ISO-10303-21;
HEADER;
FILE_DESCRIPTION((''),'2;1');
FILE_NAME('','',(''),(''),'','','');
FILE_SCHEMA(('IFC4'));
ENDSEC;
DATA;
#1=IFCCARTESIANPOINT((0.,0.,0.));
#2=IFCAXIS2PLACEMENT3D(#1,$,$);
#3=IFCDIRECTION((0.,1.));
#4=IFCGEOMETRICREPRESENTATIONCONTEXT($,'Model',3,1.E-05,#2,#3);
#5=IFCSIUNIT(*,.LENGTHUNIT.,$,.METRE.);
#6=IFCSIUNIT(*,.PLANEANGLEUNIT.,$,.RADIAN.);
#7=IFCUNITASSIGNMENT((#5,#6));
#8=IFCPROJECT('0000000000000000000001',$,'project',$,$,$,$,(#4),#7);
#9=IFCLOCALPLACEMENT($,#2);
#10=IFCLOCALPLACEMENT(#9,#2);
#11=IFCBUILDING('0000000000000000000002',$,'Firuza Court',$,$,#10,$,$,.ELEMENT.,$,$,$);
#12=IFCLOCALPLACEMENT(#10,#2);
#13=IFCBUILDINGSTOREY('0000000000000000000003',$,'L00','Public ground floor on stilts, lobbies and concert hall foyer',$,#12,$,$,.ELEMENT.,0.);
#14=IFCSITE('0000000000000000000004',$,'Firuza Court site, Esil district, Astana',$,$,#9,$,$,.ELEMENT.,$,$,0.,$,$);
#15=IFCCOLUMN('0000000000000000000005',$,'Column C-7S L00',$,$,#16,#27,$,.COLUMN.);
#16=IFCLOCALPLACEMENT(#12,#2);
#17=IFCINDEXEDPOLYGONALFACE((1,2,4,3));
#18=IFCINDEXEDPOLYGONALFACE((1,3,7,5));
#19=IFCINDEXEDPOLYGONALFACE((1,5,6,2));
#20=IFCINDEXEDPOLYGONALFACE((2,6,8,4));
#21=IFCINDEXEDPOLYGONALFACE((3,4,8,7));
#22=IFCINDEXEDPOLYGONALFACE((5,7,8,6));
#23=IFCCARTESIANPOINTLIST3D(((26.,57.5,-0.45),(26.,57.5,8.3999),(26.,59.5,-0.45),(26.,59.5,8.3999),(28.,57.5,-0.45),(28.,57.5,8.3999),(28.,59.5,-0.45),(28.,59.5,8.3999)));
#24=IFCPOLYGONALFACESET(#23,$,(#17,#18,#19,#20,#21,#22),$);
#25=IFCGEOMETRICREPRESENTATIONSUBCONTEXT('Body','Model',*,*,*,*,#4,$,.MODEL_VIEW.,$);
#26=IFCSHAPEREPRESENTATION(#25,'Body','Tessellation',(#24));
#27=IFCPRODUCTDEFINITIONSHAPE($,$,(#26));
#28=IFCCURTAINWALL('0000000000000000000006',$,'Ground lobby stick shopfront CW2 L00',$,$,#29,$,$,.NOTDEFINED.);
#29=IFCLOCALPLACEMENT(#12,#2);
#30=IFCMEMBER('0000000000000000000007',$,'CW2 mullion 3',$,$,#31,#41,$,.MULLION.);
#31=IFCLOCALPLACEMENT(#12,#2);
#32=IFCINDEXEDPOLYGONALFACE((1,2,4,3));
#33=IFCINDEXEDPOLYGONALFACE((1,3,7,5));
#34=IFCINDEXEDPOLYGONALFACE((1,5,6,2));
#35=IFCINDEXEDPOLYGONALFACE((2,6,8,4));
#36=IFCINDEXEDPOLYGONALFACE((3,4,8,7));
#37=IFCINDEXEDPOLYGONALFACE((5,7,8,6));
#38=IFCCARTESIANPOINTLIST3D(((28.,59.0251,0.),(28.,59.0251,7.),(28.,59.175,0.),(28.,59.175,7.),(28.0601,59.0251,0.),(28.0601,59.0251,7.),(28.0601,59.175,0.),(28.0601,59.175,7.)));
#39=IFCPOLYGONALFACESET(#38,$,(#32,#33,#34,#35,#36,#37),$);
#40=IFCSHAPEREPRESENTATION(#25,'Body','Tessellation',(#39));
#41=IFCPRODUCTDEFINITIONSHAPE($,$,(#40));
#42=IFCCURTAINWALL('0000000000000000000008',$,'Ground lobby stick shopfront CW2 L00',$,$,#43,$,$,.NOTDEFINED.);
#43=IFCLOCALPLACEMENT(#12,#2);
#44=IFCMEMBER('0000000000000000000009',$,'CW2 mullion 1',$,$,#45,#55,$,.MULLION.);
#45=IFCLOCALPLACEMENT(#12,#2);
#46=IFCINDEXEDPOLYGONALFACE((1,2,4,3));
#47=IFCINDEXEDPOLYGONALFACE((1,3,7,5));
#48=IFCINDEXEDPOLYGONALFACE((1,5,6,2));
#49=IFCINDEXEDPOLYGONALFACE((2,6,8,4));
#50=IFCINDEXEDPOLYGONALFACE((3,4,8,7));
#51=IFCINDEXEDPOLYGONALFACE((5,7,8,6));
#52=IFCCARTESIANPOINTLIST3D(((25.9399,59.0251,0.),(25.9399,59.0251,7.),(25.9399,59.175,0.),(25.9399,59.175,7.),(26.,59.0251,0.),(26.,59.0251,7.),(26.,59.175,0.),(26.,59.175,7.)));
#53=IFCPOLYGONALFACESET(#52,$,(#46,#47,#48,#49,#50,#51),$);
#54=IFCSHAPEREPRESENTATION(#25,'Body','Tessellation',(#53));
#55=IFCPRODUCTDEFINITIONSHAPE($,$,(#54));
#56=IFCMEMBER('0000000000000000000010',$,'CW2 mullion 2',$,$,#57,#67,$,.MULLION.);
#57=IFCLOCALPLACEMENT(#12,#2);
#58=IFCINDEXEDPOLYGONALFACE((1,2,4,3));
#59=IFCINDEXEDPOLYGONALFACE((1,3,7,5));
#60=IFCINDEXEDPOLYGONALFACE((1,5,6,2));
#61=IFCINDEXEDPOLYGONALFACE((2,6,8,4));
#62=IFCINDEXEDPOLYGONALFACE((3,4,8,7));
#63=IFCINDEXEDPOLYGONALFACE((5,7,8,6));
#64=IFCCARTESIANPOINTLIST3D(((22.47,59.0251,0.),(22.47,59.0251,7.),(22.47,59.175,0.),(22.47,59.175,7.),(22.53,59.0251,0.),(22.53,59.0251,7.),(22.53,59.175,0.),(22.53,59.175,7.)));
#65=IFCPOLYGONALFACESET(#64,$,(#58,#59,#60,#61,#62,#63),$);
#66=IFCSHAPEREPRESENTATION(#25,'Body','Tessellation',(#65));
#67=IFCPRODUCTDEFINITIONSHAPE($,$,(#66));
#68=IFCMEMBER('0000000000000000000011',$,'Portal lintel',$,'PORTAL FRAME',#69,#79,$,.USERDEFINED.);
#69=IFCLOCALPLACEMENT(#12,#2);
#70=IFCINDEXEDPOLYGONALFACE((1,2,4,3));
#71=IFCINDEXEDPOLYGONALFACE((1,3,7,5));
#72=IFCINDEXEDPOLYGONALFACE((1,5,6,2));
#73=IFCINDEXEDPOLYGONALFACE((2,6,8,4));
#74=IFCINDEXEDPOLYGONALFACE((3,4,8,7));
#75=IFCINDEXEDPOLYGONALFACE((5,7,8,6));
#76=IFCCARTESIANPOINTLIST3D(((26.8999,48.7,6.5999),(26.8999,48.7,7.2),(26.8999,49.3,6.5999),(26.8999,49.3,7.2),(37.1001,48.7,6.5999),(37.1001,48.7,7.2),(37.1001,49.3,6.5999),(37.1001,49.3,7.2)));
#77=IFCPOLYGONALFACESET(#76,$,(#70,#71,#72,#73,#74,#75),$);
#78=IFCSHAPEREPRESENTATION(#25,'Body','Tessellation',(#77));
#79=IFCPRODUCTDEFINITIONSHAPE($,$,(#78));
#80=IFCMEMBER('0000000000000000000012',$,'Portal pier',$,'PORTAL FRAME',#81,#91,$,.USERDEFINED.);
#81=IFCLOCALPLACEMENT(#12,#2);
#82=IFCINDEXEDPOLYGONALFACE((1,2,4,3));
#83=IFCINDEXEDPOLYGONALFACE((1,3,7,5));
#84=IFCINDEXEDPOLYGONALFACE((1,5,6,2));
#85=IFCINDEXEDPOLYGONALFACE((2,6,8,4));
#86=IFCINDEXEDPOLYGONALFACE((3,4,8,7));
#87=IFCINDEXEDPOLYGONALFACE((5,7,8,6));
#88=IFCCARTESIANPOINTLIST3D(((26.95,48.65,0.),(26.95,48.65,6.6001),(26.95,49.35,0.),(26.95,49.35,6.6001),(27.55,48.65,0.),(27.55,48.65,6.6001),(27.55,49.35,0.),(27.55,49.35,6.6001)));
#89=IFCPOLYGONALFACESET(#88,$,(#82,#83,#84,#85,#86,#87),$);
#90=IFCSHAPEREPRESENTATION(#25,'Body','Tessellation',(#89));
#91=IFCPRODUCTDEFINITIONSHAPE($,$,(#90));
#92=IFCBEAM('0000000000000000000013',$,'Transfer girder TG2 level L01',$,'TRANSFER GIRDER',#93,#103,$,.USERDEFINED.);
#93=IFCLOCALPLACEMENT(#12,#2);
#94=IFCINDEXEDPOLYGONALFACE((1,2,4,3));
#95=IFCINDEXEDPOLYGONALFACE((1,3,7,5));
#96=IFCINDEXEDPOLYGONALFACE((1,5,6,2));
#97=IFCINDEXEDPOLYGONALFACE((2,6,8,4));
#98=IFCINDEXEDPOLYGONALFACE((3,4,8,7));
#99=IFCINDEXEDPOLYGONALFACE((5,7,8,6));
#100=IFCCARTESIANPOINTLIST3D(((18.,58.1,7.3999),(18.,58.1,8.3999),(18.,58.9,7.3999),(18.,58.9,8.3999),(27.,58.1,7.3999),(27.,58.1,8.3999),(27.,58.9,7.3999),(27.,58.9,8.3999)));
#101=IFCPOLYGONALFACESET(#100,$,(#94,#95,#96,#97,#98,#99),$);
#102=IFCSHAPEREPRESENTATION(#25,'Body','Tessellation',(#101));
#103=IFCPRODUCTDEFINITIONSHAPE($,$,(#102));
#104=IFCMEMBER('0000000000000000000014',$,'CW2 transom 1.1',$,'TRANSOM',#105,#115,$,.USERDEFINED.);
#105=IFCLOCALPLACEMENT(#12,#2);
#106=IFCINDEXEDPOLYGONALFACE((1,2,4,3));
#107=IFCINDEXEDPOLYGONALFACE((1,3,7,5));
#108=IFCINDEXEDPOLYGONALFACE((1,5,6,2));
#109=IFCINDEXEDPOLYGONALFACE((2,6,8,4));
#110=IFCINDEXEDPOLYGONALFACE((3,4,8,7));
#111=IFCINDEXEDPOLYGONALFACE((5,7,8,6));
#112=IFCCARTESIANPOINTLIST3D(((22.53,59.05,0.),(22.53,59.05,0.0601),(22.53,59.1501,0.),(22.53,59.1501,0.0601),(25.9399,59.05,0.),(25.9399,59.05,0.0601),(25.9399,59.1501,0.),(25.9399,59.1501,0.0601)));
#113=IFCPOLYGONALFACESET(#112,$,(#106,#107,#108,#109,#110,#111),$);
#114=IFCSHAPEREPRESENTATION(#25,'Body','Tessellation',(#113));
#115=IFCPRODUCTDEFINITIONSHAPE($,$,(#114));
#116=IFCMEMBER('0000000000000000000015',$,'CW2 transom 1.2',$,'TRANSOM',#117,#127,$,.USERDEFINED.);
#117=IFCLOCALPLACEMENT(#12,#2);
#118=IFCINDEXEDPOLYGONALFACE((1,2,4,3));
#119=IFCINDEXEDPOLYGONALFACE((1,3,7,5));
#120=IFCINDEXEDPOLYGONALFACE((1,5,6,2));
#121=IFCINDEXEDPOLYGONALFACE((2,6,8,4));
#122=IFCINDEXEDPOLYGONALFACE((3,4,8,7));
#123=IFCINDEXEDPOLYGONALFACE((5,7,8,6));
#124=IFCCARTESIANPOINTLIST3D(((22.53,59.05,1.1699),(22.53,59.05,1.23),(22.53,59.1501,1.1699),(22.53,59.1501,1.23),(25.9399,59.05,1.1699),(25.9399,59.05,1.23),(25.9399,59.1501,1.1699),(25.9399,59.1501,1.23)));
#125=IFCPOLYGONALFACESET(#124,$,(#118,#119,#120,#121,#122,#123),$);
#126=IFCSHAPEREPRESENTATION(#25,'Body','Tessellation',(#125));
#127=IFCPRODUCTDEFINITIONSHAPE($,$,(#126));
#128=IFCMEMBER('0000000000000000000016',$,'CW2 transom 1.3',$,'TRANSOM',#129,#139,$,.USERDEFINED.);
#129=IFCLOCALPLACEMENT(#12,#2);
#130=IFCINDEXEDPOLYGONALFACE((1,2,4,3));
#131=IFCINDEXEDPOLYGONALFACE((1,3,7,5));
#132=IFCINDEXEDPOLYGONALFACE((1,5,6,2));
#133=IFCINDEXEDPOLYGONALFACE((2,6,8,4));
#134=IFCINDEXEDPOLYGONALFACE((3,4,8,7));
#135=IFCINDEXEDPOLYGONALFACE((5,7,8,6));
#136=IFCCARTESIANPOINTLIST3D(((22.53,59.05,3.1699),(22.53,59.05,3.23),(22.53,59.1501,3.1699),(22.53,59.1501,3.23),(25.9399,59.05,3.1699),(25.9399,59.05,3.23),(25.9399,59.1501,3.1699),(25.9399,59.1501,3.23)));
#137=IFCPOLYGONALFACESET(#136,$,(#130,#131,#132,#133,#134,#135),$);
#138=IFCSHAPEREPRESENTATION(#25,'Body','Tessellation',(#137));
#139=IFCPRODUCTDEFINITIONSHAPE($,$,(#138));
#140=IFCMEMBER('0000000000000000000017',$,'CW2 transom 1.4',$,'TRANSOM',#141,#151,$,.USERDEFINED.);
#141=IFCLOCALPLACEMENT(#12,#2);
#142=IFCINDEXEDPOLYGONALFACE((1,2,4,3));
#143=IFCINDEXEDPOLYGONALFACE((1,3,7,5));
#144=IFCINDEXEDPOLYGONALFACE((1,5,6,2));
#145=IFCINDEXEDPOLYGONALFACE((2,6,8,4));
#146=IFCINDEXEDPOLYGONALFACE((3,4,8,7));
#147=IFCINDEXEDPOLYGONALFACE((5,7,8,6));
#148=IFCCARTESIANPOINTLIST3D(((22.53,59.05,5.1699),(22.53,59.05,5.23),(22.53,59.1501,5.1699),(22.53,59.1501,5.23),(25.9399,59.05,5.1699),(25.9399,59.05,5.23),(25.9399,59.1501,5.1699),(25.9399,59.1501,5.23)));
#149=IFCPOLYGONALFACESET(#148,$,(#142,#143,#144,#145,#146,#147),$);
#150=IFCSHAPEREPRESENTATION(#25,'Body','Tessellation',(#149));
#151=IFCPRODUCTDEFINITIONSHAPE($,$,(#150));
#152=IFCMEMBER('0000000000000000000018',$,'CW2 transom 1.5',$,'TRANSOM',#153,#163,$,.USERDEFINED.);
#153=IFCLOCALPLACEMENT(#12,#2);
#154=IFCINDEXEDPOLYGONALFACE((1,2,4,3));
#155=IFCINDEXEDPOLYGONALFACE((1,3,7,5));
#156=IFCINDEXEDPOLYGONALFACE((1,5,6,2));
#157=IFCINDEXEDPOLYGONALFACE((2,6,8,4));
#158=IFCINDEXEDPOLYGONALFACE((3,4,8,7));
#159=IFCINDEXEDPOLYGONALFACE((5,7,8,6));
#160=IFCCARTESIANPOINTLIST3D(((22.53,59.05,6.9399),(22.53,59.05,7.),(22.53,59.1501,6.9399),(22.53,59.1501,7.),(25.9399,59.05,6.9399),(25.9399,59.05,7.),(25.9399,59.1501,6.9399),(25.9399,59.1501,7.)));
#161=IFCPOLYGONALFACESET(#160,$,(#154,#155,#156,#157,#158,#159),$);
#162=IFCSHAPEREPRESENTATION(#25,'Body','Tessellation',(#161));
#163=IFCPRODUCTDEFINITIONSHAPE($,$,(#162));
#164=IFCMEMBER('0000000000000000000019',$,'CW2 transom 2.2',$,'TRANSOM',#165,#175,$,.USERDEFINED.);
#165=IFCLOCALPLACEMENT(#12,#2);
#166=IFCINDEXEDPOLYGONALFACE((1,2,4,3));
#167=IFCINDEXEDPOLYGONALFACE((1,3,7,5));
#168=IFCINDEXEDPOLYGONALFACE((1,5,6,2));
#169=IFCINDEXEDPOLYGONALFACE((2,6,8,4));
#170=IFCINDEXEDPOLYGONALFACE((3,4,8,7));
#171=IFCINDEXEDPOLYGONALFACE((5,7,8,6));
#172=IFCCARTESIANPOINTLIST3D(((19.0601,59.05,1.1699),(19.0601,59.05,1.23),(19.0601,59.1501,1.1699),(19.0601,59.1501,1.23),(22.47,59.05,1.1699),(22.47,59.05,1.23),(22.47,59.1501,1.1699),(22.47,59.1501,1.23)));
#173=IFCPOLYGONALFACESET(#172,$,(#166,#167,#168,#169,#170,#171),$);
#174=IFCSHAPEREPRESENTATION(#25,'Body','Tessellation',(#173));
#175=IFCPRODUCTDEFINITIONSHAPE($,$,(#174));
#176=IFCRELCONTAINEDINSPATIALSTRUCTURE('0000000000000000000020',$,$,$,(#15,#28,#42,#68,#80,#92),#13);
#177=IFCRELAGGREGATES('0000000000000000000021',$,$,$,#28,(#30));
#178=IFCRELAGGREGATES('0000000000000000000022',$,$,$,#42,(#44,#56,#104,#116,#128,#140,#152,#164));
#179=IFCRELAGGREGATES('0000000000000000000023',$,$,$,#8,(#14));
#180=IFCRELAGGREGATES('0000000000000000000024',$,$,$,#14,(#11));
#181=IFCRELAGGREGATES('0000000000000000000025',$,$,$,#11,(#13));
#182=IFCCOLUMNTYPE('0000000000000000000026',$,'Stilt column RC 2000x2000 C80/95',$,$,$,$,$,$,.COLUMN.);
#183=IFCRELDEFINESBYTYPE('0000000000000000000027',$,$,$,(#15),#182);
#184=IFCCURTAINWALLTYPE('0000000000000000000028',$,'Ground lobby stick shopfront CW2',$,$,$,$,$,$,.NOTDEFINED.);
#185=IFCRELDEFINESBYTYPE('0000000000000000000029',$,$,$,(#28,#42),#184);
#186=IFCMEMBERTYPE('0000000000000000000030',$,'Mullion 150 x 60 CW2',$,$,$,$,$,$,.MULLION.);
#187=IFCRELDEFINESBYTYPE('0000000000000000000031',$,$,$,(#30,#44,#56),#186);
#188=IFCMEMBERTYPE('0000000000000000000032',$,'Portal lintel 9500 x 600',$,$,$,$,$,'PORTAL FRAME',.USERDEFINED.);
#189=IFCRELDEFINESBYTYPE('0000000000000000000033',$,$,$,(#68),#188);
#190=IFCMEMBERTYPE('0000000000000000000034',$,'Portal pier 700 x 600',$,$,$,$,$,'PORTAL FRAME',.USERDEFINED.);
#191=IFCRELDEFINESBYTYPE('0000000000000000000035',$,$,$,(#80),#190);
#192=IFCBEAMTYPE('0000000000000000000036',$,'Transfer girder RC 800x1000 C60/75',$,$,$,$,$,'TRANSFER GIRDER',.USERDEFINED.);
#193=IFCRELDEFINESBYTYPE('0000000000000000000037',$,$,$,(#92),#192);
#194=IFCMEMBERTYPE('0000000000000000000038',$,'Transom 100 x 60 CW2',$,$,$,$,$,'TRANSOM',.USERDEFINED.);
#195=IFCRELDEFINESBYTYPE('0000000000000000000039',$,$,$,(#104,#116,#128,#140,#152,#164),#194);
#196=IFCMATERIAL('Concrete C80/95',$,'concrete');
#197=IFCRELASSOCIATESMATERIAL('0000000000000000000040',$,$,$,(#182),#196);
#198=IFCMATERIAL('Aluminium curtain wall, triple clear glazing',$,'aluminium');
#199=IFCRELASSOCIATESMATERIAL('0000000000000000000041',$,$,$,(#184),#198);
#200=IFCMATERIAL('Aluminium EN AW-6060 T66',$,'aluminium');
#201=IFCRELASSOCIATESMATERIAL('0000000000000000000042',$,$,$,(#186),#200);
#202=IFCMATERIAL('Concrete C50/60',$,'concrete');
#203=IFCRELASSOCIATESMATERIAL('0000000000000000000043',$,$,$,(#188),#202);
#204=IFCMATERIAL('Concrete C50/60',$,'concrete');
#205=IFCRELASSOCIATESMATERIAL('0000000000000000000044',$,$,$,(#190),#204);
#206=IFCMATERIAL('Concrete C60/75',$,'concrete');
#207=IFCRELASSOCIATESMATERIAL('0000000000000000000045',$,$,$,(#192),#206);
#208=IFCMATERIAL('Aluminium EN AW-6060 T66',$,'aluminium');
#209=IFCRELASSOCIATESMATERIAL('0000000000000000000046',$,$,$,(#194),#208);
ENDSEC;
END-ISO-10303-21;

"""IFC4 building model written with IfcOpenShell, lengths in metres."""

from ifc_helpers import new_model, si_unit, direction, frame, origin, origin_2d, place, context, subcontext, project, spatial, rectangle, extrude, material, material_profile, profile_set, type_object, element, aggregate, save


model = new_model("IFC4")

# Units and contexts
model_context = context("Model", 3, precision=1e-05, world=origin(), true_north=direction((0.0, 1.0)))
body_context = subcontext(model_context, "Body", "Model", "MODEL_VIEW")
ifc_project = project(units=[si_unit("LENGTHUNIT", "METRE"), si_unit("PLANEANGLEUNIT", "RADIAN")], contexts=[model_context])

# Site, building, storey
site_placement = place(None, origin())
site = spatial("IfcSite", under=ifc_project, at=site_placement, Name="Firuza Court site, Esil district, Astana", CompositionType="ELEMENT", RefElevation=0.0)
building_placement = place(site_placement, origin())
building = spatial("IfcBuilding", under=site, at=building_placement, Name="Firuza Court", CompositionType="ELEMENT")
storey_placement = place(building_placement, origin())
storey = spatial("IfcBuildingStorey", under=building, at=storey_placement, Name="L00", Description="Public ground floor on stilts, lobbies and concert hall foyer", CompositionType="ELEMENT", Elevation=0.0)

# Column
ifc_material_1 = material(Name="Concrete C80/95", Category="concrete")
ifc_material_profile_1 = material_profile(ifc_material_1, rectangle(XDim=2.0, YDim=2.0, at=origin_2d()), Name="RC 2000x2000")
ifc_profile_set_1 = profile_set([ifc_material_profile_1], Name="Concrete C80/95")
column_type = type_object("IfcColumnType", Name="Stilt column RC 2000x2000 C80/95", PredefinedType="COLUMN", material=ifc_profile_set_1)
column_placement = place(storey_placement, frame((27.0, 58.5, -0.45), z_axis=(0.0, 0.0, 1.0), x_axis=(1.0, 0.0, 0.0)))
element("IfcColumn", 1, at=column_placement, inside=storey, type_object=column_type, Name="Column C-7S L00", PredefinedType="COLUMN", context=body_context, shape_type="SweptSolid", body=[
    extrude(rectangle(XDim=2.0, YDim=2.0, at=origin_2d()), origin(), (0.0, 0.0, 1.0), 8.8499),
])

# Curtain wall, member
ifc_material_2 = material(Name="Aluminium curtain wall, triple clear glazing", Category="aluminium")
curtain_wall_type = type_object("IfcCurtainWallType", Name="Ground lobby stick shopfront CW2", PredefinedType="NOTDEFINED", material=ifc_material_2)
curtain_wall_1_placement = place(storey_placement, origin())
curtain_wall_1 = element("IfcCurtainWall", 2, at=curtain_wall_1_placement, inside=storey, type_object=curtain_wall_type, Name="Ground lobby stick shopfront CW2 L00", PredefinedType="NOTDEFINED")
ifc_material_3 = material(Name="Aluminium EN AW-6060 T66", Category="aluminium")
ifc_material_profile_2 = material_profile(ifc_material_3, rectangle(XDim=0.1499, YDim=0.0601, at=origin_2d()), Name="Mullion 150 x 60 CW2")
ifc_profile_set_2 = profile_set([ifc_material_profile_2], Name="Aluminium EN AW-6060 T66")
member_type_1 = type_object("IfcMemberType", Name="Mullion 150 x 60 CW2", PredefinedType="MULLION", material=ifc_profile_set_2)
member_1_placement = place(storey_placement, frame((28.03, 59.1001, 0.0), z_axis=(0.0, 0.0, 1.0), x_axis=(0.0, -1.0, 0.0)))
member_1 = element("IfcMember", 3, at=member_1_placement, type_object=member_type_1, Name="CW2 mullion 3", PredefinedType="MULLION", context=body_context, shape_type="SweptSolid", body=[
    extrude(rectangle(XDim=0.1499, YDim=0.0601, at=origin_2d()), origin(), (0.0, 0.0, 1.0), 7.0),
])

# Curtain wall, members
curtain_wall_2_placement = place(storey_placement, origin())
curtain_wall_2 = element("IfcCurtainWall", 4, at=curtain_wall_2_placement, inside=storey, type_object=curtain_wall_type, Name="Ground lobby stick shopfront CW2 L00", PredefinedType="NOTDEFINED")
member_2_placement = place(storey_placement, frame((25.97, 59.1001, 0.0), z_axis=(0.0, 0.0, 1.0), x_axis=(0.0, -1.0, 0.0)))
member_2 = element("IfcMember", 5, at=member_2_placement, type_object=member_type_1, Name="CW2 mullion 1", PredefinedType="MULLION", context=body_context, shape_type="SweptSolid", body=[
    extrude(rectangle(XDim=0.1499, YDim=0.0601, at=origin_2d()), origin(), (0.0, 0.0, 1.0), 7.0),
])
member_3_placement = place(storey_placement, frame((22.5, 59.1001, 0.0), z_axis=(0.0, 0.0, 1.0), x_axis=(0.0, -1.0, 0.0)))
member_3 = element("IfcMember", 6, at=member_3_placement, type_object=member_type_1, Name="CW2 mullion 2", PredefinedType="MULLION", context=body_context, shape_type="SweptSolid", body=[
    extrude(rectangle(XDim=0.1499, YDim=0.0601, at=origin_2d()), origin(), (0.0, 0.0, 1.0), 7.0),
])

# Members
ifc_material_4 = material(Name="Concrete C50/60", Category="concrete")
ifc_material_profile_3 = material_profile(ifc_material_4, rectangle(XDim=0.6001, YDim=0.6001, at=origin_2d()), Name="Portal lintel 9500 x 600")
ifc_profile_set_3 = profile_set([ifc_material_profile_3], Name="Concrete C50/60")
member_type_2 = type_object("IfcMemberType", Name="Portal lintel 9500 x 600", ElementType="PORTAL FRAME", PredefinedType="USERDEFINED", material=ifc_profile_set_3)
member_4_placement = place(storey_placement, frame((26.8999, 49.0, 6.8999), z_axis=(1.0, 0.0, 0.0), x_axis=(0.0, 1.0, 0.0)))
element("IfcMember", 7, at=member_4_placement, inside=storey, type_object=member_type_2, Name="Portal lintel", ObjectType="PORTAL FRAME", PredefinedType="USERDEFINED", context=body_context, shape_type="SweptSolid", body=[
    extrude(rectangle(XDim=0.6001, YDim=0.6001, at=origin_2d()), origin(), (0.0, 0.0, 1.0), 10.2002),
])
ifc_material_5 = material(Name="Concrete C50/60", Category="concrete")
ifc_material_profile_4 = material_profile(ifc_material_5, rectangle(XDim=0.6001, YDim=0.7, at=origin_2d()), Name="Portal pier 700 x 600")
ifc_profile_set_4 = profile_set([ifc_material_profile_4], Name="Concrete C50/60")
member_type_3 = type_object("IfcMemberType", Name="Portal pier 700 x 600", ElementType="PORTAL FRAME", PredefinedType="USERDEFINED", material=ifc_profile_set_4)
member_5_placement = place(storey_placement, frame((27.25, 49.0, 0.0), z_axis=(0.0, 0.0, 1.0), x_axis=(1.0, 0.0, 0.0)))
element("IfcMember", 8, at=member_5_placement, inside=storey, type_object=member_type_3, Name="Portal pier", ObjectType="PORTAL FRAME", PredefinedType="USERDEFINED", context=body_context, shape_type="SweptSolid", body=[
    extrude(rectangle(XDim=0.6001, YDim=0.7, at=origin_2d()), origin(), (0.0, 0.0, 1.0), 6.6001),
])

# Beam
ifc_material_6 = material(Name="Concrete C60/75", Category="concrete")
ifc_material_profile_5 = material_profile(ifc_material_6, rectangle(XDim=0.8, YDim=1.0, at=origin_2d()), Name="RC 800x1000")
ifc_profile_set_5 = profile_set([ifc_material_profile_5], Name="Concrete C60/75")
beam_type = type_object("IfcBeamType", Name="Transfer girder RC 800x1000 C60/75", ElementType="TRANSFER GIRDER", PredefinedType="USERDEFINED", material=ifc_profile_set_5)
beam_placement = place(storey_placement, frame((27.0, 58.5, 7.8999), z_axis=(-1.0, 0.0, 0.0), x_axis=(0.0, -1.0, 0.0)))
element("IfcBeam", 9, at=beam_placement, inside=storey, type_object=beam_type, Name="Transfer girder TG2 level L01", ObjectType="TRANSFER GIRDER", PredefinedType="USERDEFINED", context=body_context, shape_type="SweptSolid", body=[
    extrude(rectangle(XDim=0.8, YDim=1.0, at=origin_2d()), origin(), (0.0, 0.0, 1.0), 9.0),
])

# Members
ifc_material_7 = material(Name="Aluminium EN AW-6060 T66", Category="aluminium")
ifc_material_profile_6 = material_profile(ifc_material_7, rectangle(XDim=0.1001, YDim=0.0601, at=origin_2d()), Name="Transom 100 x 60 CW2")
ifc_profile_set_6 = profile_set([ifc_material_profile_6], Name="Aluminium EN AW-6060 T66")
member_type_4 = type_object("IfcMemberType", Name="Transom 100 x 60 CW2", ElementType="TRANSOM", PredefinedType="USERDEFINED", material=ifc_profile_set_6)
member_6_placement = place(storey_placement, frame((25.9399, 59.1001, 0.03), z_axis=(-1.0, 0.0, 0.0), x_axis=(0.0, -1.0, 0.0)))
member_6 = element("IfcMember", 10, at=member_6_placement, type_object=member_type_4, Name="CW2 transom 1.1", ObjectType="TRANSOM", PredefinedType="USERDEFINED", context=body_context, shape_type="SweptSolid", body=[
    extrude(rectangle(XDim=0.1001, YDim=0.0601, at=origin_2d()), origin(), (0.0, 0.0, 1.0), 3.4099),
])
member_7_placement = place(storey_placement, frame((25.9399, 59.1001, 1.2), z_axis=(-1.0, 0.0, 0.0), x_axis=(0.0, -1.0, 0.0)))
member_7 = element("IfcMember", 11, at=member_7_placement, type_object=member_type_4, Name="CW2 transom 1.2", ObjectType="TRANSOM", PredefinedType="USERDEFINED", context=body_context, shape_type="SweptSolid", body=[
    extrude(rectangle(XDim=0.1001, YDim=0.0601, at=origin_2d()), origin(), (0.0, 0.0, 1.0), 3.4099),
])
member_8_placement = place(storey_placement, frame((25.9399, 59.1001, 3.2), z_axis=(-1.0, 0.0, 0.0), x_axis=(0.0, -1.0, 0.0)))
member_8 = element("IfcMember", 12, at=member_8_placement, type_object=member_type_4, Name="CW2 transom 1.3", ObjectType="TRANSOM", PredefinedType="USERDEFINED", context=body_context, shape_type="SweptSolid", body=[
    extrude(rectangle(XDim=0.1001, YDim=0.0601, at=origin_2d()), origin(), (0.0, 0.0, 1.0), 3.4099),
])
member_9_placement = place(storey_placement, frame((25.9399, 59.1001, 5.2), z_axis=(-1.0, 0.0, 0.0), x_axis=(0.0, -1.0, 0.0)))
member_9 = element("IfcMember", 13, at=member_9_placement, type_object=member_type_4, Name="CW2 transom 1.4", ObjectType="TRANSOM", PredefinedType="USERDEFINED", context=body_context, shape_type="SweptSolid", body=[
    extrude(rectangle(XDim=0.1001, YDim=0.0601, at=origin_2d()), origin(), (0.0, 0.0, 1.0), 3.4099),
])
member_10_placement = place(storey_placement, frame((25.9399, 59.1001, 6.97), z_axis=(-1.0, 0.0, 0.0), x_axis=(0.0, -1.0, 0.0)))
member_10 = element("IfcMember", 14, at=member_10_placement, type_object=member_type_4, Name="CW2 transom 1.5", ObjectType="TRANSOM", PredefinedType="USERDEFINED", context=body_context, shape_type="SweptSolid", body=[
    extrude(rectangle(XDim=0.1001, YDim=0.0601, at=origin_2d()), origin(), (0.0, 0.0, 1.0), 3.4099),
])
member_11_placement = place(storey_placement, frame((22.47, 59.1001, 1.2), z_axis=(-1.0, 0.0, 0.0), x_axis=(0.0, -1.0, 0.0)))
member_11 = element("IfcMember", 15, at=member_11_placement, type_object=member_type_4, Name="CW2 transom 2.2", ObjectType="TRANSOM", PredefinedType="USERDEFINED", context=body_context, shape_type="SweptSolid", body=[
    extrude(rectangle(XDim=0.1001, YDim=0.0601, at=origin_2d()), origin(), (0.0, 0.0, 1.0), 3.4099),
])

aggregate(curtain_wall_1, [member_1])
aggregate(curtain_wall_2, [member_2, member_3, member_6, member_7, member_8, member_9, member_10, member_11])

save(model, "model.ifc")
